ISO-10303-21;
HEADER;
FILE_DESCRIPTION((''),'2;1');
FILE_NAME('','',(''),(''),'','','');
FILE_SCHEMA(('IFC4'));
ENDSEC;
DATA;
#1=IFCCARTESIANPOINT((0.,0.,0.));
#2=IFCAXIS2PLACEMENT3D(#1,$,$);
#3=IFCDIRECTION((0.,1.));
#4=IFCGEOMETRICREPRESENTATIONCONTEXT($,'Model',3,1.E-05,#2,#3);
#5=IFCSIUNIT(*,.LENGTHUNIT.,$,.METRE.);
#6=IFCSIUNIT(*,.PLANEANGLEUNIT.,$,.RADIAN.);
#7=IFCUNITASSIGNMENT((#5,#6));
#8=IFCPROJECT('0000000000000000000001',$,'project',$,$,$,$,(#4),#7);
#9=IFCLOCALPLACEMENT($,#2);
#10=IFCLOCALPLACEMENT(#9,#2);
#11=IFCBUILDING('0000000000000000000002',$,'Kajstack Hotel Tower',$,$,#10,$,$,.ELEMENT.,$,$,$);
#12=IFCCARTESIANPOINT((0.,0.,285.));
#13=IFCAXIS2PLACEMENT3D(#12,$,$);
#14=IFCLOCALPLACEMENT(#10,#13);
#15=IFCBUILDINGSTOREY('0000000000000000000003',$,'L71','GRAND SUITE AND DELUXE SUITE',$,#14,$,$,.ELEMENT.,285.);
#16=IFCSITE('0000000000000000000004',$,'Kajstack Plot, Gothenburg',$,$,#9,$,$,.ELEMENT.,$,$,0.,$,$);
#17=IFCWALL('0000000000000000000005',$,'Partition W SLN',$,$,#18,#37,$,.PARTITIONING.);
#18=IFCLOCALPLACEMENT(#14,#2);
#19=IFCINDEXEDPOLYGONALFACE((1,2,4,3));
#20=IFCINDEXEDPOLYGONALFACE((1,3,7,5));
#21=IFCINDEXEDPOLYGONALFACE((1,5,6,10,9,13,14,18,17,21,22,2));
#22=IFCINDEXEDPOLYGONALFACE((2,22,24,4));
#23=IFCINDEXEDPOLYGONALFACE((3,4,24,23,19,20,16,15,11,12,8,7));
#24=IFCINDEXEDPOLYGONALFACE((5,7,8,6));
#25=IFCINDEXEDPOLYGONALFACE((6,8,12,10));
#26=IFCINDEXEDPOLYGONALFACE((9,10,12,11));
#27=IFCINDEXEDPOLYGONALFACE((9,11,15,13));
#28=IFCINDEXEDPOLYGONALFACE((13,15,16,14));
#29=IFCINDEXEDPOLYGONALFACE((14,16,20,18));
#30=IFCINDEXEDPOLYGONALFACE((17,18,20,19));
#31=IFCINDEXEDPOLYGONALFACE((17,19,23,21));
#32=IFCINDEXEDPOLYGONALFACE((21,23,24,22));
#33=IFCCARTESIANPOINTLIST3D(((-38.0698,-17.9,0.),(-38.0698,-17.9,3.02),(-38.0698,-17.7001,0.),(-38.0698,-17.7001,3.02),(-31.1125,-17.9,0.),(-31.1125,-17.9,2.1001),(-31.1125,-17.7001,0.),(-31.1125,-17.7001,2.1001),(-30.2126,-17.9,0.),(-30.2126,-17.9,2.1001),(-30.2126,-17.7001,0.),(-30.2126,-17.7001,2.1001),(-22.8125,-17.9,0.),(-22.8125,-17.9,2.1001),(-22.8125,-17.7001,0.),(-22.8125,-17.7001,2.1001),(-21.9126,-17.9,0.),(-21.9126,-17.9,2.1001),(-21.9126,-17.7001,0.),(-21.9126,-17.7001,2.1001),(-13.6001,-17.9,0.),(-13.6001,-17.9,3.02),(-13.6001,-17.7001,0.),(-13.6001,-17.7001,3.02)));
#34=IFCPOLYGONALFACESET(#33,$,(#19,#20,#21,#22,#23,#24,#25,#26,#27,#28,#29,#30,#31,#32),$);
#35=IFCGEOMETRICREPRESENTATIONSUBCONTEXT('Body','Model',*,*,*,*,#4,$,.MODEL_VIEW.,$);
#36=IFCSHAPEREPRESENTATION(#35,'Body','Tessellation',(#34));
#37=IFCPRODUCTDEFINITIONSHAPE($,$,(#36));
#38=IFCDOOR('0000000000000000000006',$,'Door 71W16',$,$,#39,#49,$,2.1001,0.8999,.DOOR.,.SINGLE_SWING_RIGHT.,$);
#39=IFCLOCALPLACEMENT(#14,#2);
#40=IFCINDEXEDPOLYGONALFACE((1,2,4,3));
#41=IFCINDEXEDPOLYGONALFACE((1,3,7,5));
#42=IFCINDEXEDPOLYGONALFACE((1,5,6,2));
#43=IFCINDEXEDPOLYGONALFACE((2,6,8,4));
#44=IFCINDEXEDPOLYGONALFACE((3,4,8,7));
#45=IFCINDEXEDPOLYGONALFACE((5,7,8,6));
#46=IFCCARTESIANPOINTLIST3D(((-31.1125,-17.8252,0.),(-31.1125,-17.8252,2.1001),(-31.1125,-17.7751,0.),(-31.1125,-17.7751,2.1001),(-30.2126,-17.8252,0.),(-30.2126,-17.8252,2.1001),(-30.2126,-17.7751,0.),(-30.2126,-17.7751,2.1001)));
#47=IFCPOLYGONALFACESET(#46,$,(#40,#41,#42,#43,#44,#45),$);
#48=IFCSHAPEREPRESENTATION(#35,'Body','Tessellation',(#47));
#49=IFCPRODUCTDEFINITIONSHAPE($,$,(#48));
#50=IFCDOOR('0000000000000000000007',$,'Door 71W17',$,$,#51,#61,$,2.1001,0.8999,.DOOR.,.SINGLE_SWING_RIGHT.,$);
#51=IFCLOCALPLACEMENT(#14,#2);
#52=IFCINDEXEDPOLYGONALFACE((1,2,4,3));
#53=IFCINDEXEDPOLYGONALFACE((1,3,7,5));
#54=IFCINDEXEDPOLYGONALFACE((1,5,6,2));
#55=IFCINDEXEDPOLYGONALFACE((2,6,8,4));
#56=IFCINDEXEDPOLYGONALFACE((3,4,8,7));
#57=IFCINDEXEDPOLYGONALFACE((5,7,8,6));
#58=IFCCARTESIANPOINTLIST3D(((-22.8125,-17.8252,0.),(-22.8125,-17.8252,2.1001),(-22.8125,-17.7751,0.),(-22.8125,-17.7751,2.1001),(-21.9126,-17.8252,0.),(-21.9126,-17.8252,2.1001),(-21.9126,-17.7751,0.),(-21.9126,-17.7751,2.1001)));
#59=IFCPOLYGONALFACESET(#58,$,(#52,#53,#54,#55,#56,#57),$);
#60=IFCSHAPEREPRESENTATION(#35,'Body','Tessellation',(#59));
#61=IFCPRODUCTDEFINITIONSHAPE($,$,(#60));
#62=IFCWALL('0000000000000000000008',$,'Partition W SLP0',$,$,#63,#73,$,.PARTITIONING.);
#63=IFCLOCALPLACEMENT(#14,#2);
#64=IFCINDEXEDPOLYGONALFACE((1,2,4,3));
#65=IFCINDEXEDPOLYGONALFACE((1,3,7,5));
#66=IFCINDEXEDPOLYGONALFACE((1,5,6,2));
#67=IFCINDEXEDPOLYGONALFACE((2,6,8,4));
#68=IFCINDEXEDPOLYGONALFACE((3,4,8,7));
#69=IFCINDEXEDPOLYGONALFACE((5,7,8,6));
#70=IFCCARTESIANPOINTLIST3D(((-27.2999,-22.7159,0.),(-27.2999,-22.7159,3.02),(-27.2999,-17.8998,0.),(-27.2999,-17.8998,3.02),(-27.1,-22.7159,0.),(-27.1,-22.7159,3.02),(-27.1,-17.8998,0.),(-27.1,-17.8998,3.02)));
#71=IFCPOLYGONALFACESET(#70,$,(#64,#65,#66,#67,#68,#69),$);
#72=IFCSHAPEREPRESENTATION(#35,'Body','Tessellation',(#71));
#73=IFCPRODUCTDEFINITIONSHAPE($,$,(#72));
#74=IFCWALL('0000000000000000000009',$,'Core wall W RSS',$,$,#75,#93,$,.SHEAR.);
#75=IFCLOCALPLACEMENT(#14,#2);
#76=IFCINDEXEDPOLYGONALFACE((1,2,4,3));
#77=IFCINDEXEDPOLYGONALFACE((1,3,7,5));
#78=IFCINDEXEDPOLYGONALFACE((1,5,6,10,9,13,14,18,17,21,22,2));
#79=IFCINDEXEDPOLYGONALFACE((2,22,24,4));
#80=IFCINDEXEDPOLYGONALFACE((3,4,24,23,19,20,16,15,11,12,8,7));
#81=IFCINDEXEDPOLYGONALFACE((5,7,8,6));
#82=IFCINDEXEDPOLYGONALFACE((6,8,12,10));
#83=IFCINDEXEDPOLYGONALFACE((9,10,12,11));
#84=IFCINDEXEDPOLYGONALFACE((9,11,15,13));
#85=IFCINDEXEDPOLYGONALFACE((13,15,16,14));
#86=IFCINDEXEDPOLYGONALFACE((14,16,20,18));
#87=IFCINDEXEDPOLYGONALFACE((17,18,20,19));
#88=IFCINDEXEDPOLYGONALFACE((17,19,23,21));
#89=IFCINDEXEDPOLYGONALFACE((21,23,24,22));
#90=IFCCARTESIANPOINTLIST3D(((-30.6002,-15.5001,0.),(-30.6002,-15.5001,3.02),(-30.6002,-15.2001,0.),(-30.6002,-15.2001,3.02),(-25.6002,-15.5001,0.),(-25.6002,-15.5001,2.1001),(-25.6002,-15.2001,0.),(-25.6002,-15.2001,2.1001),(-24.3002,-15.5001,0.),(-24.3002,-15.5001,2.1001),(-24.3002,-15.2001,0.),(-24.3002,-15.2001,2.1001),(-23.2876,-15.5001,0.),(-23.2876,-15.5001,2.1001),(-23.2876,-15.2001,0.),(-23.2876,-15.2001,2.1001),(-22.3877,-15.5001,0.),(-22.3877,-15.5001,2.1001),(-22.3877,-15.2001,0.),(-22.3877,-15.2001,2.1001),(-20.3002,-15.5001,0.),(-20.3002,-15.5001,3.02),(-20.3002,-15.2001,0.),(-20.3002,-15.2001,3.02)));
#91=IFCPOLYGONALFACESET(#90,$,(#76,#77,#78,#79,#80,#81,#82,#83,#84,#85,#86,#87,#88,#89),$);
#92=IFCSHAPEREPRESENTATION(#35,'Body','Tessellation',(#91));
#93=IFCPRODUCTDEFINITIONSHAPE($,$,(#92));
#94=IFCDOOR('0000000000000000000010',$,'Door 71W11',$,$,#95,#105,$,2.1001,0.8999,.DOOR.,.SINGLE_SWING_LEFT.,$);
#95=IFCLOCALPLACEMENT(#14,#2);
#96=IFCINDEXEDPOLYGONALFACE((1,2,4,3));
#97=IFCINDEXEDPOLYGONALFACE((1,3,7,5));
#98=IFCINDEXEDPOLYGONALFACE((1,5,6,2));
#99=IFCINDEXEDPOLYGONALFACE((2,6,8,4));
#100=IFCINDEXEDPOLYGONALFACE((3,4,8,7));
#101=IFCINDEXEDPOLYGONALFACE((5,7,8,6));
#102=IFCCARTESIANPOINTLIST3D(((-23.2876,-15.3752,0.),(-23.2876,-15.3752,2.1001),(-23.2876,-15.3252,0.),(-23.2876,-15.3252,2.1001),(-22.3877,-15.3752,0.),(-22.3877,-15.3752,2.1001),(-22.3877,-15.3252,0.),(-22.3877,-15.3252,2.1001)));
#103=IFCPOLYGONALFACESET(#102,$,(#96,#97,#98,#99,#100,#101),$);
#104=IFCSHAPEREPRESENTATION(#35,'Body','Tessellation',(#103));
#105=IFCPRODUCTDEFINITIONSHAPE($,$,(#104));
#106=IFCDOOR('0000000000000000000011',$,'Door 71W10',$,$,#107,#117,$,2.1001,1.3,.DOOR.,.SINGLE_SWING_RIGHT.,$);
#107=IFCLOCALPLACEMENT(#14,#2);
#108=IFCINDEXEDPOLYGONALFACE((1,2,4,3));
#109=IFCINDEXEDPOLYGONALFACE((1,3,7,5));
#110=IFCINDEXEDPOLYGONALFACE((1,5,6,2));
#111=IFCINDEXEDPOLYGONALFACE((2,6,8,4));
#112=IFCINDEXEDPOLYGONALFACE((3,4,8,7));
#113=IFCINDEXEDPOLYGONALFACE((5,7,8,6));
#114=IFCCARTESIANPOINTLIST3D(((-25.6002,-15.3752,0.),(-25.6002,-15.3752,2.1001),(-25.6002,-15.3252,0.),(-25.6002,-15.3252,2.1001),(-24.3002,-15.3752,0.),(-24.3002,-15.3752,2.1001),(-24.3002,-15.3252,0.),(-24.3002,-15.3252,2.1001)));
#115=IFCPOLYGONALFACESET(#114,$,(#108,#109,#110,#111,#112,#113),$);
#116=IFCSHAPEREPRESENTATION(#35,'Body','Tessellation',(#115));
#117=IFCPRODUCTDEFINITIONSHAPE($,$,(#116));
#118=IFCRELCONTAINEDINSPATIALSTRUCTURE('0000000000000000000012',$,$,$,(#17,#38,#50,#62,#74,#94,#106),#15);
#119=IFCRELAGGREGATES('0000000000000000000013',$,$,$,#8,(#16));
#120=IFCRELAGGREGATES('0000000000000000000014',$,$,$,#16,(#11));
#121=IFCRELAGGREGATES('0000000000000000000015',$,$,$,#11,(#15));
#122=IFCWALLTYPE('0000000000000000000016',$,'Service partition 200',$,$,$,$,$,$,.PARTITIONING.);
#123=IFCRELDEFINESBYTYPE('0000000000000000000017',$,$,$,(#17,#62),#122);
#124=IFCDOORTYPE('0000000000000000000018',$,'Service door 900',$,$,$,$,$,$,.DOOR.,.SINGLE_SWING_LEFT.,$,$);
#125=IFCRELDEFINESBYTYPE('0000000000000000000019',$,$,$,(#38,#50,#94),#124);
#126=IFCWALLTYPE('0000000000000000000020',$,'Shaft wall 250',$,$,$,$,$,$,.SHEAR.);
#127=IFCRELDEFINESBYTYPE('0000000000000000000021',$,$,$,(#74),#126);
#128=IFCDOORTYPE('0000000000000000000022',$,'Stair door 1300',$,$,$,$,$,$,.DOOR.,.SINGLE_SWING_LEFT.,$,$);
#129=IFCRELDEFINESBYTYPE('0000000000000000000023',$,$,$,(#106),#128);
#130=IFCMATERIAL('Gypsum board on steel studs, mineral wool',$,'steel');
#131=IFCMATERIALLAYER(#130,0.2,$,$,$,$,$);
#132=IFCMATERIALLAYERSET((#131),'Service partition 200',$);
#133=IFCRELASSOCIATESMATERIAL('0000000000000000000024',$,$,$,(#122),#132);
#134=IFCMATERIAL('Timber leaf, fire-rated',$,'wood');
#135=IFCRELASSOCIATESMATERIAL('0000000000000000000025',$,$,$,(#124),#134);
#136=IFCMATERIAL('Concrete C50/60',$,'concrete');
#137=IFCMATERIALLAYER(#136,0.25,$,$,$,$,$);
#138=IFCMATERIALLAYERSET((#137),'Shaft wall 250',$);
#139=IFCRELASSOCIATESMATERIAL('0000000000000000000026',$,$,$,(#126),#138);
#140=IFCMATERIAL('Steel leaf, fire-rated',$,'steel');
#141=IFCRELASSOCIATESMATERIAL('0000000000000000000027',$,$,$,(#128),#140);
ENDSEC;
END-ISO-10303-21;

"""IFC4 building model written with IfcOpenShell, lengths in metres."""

from ifc_helpers import new_model, si_unit, direction, frame, frame_2d, origin, place, context, subcontext, project, spatial, rectangle, extrude, material, layer, layer_set, type_object, element, fill, save


model = new_model("IFC4")

# Units and contexts
model_context = context("Model", 3, precision=1e-05, world=origin(), true_north=direction((0.0, 1.0)))
body_context = subcontext(model_context, "Body", "Model", "MODEL_VIEW")
ifc_project = project(units=[si_unit("LENGTHUNIT", "METRE"), si_unit("PLANEANGLEUNIT", "RADIAN")], contexts=[model_context])

# Site, building, storey
site_placement = place(None, origin())
site = spatial("IfcSite", under=ifc_project, at=site_placement, Name="Kajstack Plot, Gothenburg", CompositionType="ELEMENT", RefElevation=0.0)
building_placement = place(site_placement, origin())
building = spatial("IfcBuilding", under=site, at=building_placement, Name="Kajstack Hotel Tower", CompositionType="ELEMENT")
storey_placement = place(building_placement, frame((0.0, 0.0, 285.0)))
storey = spatial("IfcBuildingStorey", under=building, at=storey_placement, Name="L71", Description="GRAND SUITE AND DELUXE SUITE", CompositionType="ELEMENT", Elevation=285.0)

# Shared definitions
ifc_material_1 = material(Name="Gypsum board on steel studs, mineral wool", Category="steel")
ifc_layer_1 = layer(ifc_material_1, 0.2)
ifc_layer_set_1 = layer_set([ifc_layer_1], Name="Service partition 200")
wall_type_1 = type_object("IfcWallType", Name="Service partition 200", PredefinedType="PARTITIONING", material=ifc_layer_set_1)
ifc_material_2 = material(Name="Timber leaf, fire-rated", Category="wood")
door_type_1 = type_object("IfcDoorType", Name="Service door 900", OperationType="SINGLE_SWING_LEFT", PredefinedType="DOOR", material=ifc_material_2)

# Wall, openings, doors
wall_1_placement = place(storey_placement, frame((-38.0698, -17.8, 0.0), z_axis=(0.0, 0.0, 1.0), x_axis=(1.0, 0.0, 0.0)))
wall_1 = element("IfcWall", 1, at=wall_1_placement, inside=storey, type_object=wall_type_1, Name="Partition W SLN", PredefinedType="PARTITIONING", context=body_context, shape_type="SweptSolid", body=[
    extrude(rectangle(XDim=24.4697, YDim=0.2, at=frame_2d((12.2349, 0.0))), origin(), (0.0, 0.0, 1.0), 3.02),
])
opening_1_placement = place(wall_1_placement, frame((6.9573, 0.0, 0.0)))
opening_1 = element("IfcOpeningElement", 2, at=opening_1_placement, cuts=wall_1, PredefinedType="OPENING", context=body_context, shape_type="SweptSolid", body=[
    extrude(rectangle(XDim=0.8999, YDim=2.1001, at=frame_2d((0.45, 1.05))), frame((0.0, 0.1099, 0.0), z_axis=(0.0, -1.0, 0.0), x_axis=(1.0, 0.0, 0.0)), (0.0, 0.0, 1.0), 0.22),
])
opening_2_placement = place(wall_1_placement, frame((15.2573, 0.0, 0.0)))
opening_2 = element("IfcOpeningElement", 3, at=opening_2_placement, cuts=wall_1, PredefinedType="OPENING", context=body_context, shape_type="SweptSolid", body=[
    extrude(rectangle(XDim=0.8999, YDim=2.1001, at=frame_2d((0.45, 1.05))), frame((0.0, 0.1099, 0.0), z_axis=(0.0, -1.0, 0.0), x_axis=(1.0, 0.0, 0.0)), (0.0, 0.0, 1.0), 0.22),
])
door_1_placement = place(opening_1_placement, origin())
door_1 = element("IfcDoor", 4, at=door_1_placement, inside=storey, type_object=door_type_1, Name="Door 71W16", OperationType="SINGLE_SWING_RIGHT", OverallHeight=2.1001, OverallWidth=0.8999, PredefinedType="DOOR", context=body_context, shape_type="SweptSolid", body=[
    extrude(rectangle(XDim=0.8999, YDim=2.1001, at=frame_2d((0.45, 1.05))), frame((0.0, 0.0249, 0.0), z_axis=(0.0, -1.0, 0.0), x_axis=(1.0, 0.0, 0.0)), (0.0, 0.0, 1.0), 0.05),
])
fill(opening_1, door_1)
door_2_placement = place(opening_2_placement, origin())
door_2 = element("IfcDoor", 5, at=door_2_placement, inside=storey, type_object=door_type_1, Name="Door 71W17", OperationType="SINGLE_SWING_RIGHT", OverallHeight=2.1001, OverallWidth=0.8999, PredefinedType="DOOR", context=body_context, shape_type="SweptSolid", body=[
    extrude(rectangle(XDim=0.8999, YDim=2.1001, at=frame_2d((0.45, 1.05))), frame((0.0, 0.0249, 0.0), z_axis=(0.0, -1.0, 0.0), x_axis=(1.0, 0.0, 0.0)), (0.0, 0.0, 1.0), 0.05),
])
fill(opening_2, door_2)

# Wall
wall_2_placement = place(storey_placement, frame((-27.2, -22.7161, 0.0), z_axis=(0.0, 0.0, 1.0), x_axis=(0.0, 1.0, 0.0)))
element("IfcWall", 6, at=wall_2_placement, inside=storey, type_object=wall_type_1, Name="Partition W SLP0", PredefinedType="PARTITIONING", context=body_context, shape_type="SweptSolid", body=[
    extrude(rectangle(XDim=4.8162, YDim=0.2, at=frame_2d((2.4082, 0.0))), origin(), (0.0, 0.0, 1.0), 3.02),
])

# Wall, openings, doors
ifc_material_3 = material(Name="Concrete C50/60", Category="concrete")
ifc_layer_2 = layer(ifc_material_3, 0.25)
ifc_layer_set_2 = layer_set([ifc_layer_2], Name="Shaft wall 250")
wall_type_2 = type_object("IfcWallType", Name="Shaft wall 250", PredefinedType="SHEAR", material=ifc_layer_set_2)
wall_3_placement = place(storey_placement, frame((-30.6001, -15.3501, 0.0), z_axis=(0.0, 0.0, 1.0), x_axis=(1.0, 0.0, 0.0)))
wall_3 = element("IfcWall", 7, at=wall_3_placement, inside=storey, type_object=wall_type_2, Name="Core wall W RSS", PredefinedType="SHEAR", context=body_context, shape_type="SweptSolid", body=[
    extrude(rectangle(XDim=10.3, YDim=0.3, at=frame_2d((5.1499, 0.0))), origin(), (0.0, 0.0, 1.0), 3.02),
])
opening_3_placement = place(wall_3_placement, frame((5.0, 0.0, 0.0)))
opening_3 = element("IfcOpeningElement", 8, at=opening_3_placement, cuts=wall_3, PredefinedType="OPENING", context=body_context, shape_type="SweptSolid", body=[
    extrude(rectangle(XDim=1.3, YDim=2.1001, at=frame_2d((0.6499, 1.05))), frame((0.0, 0.1599, 0.0), z_axis=(0.0, -1.0, 0.0), x_axis=(1.0, 0.0, 0.0)), (0.0, 0.0, 1.0), 0.3201),
])
opening_4_placement = place(wall_3_placement, frame((7.3125, 0.0, 0.0)))
opening_4 = element("IfcOpeningElement", 9, at=opening_4_placement, cuts=wall_3, PredefinedType="OPENING", context=body_context, shape_type="SweptSolid", body=[
    extrude(rectangle(XDim=0.8999, YDim=2.1001, at=frame_2d((0.45, 1.05))), frame((0.0, 0.1599, 0.0), z_axis=(0.0, -1.0, 0.0), x_axis=(1.0, 0.0, 0.0)), (0.0, 0.0, 1.0), 0.3201),
])
door_3_placement = place(opening_4_placement, origin())
door_3 = element("IfcDoor", 10, at=door_3_placement, inside=storey, type_object=door_type_1, Name="Door 71W11", OperationType="SINGLE_SWING_LEFT", OverallHeight=2.1001, OverallWidth=0.8999, PredefinedType="DOOR", context=body_context, shape_type="SweptSolid", body=[
    extrude(rectangle(XDim=0.8999, YDim=2.1001, at=frame_2d((0.45, 1.05))), frame((0.0, 0.0249, 0.0), z_axis=(0.0, -1.0, 0.0), x_axis=(1.0, 0.0, 0.0)), (0.0, 0.0, 1.0), 0.05),
])
fill(opening_4, door_3)
ifc_material_4 = material(Name="Steel leaf, fire-rated", Category="steel")
door_type_2 = type_object("IfcDoorType", Name="Stair door 1300", OperationType="SINGLE_SWING_LEFT", PredefinedType="DOOR", material=ifc_material_4)
door_4_placement = place(opening_3_placement, origin())
door_4 = element("IfcDoor", 11, at=door_4_placement, inside=storey, type_object=door_type_2, Name="Door 71W10", OperationType="SINGLE_SWING_RIGHT", OverallHeight=2.1001, OverallWidth=1.3, PredefinedType="DOOR", context=body_context, shape_type="SweptSolid", body=[
    extrude(rectangle(XDim=1.3, YDim=2.1001, at=frame_2d((0.6499, 1.05))), frame((0.0, 0.0249, 0.0), z_axis=(0.0, -1.0, 0.0), x_axis=(1.0, 0.0, 0.0)), (0.0, 0.0, 1.0), 0.05),
])
fill(opening_3, door_4)

save(model, "model.ifc")
